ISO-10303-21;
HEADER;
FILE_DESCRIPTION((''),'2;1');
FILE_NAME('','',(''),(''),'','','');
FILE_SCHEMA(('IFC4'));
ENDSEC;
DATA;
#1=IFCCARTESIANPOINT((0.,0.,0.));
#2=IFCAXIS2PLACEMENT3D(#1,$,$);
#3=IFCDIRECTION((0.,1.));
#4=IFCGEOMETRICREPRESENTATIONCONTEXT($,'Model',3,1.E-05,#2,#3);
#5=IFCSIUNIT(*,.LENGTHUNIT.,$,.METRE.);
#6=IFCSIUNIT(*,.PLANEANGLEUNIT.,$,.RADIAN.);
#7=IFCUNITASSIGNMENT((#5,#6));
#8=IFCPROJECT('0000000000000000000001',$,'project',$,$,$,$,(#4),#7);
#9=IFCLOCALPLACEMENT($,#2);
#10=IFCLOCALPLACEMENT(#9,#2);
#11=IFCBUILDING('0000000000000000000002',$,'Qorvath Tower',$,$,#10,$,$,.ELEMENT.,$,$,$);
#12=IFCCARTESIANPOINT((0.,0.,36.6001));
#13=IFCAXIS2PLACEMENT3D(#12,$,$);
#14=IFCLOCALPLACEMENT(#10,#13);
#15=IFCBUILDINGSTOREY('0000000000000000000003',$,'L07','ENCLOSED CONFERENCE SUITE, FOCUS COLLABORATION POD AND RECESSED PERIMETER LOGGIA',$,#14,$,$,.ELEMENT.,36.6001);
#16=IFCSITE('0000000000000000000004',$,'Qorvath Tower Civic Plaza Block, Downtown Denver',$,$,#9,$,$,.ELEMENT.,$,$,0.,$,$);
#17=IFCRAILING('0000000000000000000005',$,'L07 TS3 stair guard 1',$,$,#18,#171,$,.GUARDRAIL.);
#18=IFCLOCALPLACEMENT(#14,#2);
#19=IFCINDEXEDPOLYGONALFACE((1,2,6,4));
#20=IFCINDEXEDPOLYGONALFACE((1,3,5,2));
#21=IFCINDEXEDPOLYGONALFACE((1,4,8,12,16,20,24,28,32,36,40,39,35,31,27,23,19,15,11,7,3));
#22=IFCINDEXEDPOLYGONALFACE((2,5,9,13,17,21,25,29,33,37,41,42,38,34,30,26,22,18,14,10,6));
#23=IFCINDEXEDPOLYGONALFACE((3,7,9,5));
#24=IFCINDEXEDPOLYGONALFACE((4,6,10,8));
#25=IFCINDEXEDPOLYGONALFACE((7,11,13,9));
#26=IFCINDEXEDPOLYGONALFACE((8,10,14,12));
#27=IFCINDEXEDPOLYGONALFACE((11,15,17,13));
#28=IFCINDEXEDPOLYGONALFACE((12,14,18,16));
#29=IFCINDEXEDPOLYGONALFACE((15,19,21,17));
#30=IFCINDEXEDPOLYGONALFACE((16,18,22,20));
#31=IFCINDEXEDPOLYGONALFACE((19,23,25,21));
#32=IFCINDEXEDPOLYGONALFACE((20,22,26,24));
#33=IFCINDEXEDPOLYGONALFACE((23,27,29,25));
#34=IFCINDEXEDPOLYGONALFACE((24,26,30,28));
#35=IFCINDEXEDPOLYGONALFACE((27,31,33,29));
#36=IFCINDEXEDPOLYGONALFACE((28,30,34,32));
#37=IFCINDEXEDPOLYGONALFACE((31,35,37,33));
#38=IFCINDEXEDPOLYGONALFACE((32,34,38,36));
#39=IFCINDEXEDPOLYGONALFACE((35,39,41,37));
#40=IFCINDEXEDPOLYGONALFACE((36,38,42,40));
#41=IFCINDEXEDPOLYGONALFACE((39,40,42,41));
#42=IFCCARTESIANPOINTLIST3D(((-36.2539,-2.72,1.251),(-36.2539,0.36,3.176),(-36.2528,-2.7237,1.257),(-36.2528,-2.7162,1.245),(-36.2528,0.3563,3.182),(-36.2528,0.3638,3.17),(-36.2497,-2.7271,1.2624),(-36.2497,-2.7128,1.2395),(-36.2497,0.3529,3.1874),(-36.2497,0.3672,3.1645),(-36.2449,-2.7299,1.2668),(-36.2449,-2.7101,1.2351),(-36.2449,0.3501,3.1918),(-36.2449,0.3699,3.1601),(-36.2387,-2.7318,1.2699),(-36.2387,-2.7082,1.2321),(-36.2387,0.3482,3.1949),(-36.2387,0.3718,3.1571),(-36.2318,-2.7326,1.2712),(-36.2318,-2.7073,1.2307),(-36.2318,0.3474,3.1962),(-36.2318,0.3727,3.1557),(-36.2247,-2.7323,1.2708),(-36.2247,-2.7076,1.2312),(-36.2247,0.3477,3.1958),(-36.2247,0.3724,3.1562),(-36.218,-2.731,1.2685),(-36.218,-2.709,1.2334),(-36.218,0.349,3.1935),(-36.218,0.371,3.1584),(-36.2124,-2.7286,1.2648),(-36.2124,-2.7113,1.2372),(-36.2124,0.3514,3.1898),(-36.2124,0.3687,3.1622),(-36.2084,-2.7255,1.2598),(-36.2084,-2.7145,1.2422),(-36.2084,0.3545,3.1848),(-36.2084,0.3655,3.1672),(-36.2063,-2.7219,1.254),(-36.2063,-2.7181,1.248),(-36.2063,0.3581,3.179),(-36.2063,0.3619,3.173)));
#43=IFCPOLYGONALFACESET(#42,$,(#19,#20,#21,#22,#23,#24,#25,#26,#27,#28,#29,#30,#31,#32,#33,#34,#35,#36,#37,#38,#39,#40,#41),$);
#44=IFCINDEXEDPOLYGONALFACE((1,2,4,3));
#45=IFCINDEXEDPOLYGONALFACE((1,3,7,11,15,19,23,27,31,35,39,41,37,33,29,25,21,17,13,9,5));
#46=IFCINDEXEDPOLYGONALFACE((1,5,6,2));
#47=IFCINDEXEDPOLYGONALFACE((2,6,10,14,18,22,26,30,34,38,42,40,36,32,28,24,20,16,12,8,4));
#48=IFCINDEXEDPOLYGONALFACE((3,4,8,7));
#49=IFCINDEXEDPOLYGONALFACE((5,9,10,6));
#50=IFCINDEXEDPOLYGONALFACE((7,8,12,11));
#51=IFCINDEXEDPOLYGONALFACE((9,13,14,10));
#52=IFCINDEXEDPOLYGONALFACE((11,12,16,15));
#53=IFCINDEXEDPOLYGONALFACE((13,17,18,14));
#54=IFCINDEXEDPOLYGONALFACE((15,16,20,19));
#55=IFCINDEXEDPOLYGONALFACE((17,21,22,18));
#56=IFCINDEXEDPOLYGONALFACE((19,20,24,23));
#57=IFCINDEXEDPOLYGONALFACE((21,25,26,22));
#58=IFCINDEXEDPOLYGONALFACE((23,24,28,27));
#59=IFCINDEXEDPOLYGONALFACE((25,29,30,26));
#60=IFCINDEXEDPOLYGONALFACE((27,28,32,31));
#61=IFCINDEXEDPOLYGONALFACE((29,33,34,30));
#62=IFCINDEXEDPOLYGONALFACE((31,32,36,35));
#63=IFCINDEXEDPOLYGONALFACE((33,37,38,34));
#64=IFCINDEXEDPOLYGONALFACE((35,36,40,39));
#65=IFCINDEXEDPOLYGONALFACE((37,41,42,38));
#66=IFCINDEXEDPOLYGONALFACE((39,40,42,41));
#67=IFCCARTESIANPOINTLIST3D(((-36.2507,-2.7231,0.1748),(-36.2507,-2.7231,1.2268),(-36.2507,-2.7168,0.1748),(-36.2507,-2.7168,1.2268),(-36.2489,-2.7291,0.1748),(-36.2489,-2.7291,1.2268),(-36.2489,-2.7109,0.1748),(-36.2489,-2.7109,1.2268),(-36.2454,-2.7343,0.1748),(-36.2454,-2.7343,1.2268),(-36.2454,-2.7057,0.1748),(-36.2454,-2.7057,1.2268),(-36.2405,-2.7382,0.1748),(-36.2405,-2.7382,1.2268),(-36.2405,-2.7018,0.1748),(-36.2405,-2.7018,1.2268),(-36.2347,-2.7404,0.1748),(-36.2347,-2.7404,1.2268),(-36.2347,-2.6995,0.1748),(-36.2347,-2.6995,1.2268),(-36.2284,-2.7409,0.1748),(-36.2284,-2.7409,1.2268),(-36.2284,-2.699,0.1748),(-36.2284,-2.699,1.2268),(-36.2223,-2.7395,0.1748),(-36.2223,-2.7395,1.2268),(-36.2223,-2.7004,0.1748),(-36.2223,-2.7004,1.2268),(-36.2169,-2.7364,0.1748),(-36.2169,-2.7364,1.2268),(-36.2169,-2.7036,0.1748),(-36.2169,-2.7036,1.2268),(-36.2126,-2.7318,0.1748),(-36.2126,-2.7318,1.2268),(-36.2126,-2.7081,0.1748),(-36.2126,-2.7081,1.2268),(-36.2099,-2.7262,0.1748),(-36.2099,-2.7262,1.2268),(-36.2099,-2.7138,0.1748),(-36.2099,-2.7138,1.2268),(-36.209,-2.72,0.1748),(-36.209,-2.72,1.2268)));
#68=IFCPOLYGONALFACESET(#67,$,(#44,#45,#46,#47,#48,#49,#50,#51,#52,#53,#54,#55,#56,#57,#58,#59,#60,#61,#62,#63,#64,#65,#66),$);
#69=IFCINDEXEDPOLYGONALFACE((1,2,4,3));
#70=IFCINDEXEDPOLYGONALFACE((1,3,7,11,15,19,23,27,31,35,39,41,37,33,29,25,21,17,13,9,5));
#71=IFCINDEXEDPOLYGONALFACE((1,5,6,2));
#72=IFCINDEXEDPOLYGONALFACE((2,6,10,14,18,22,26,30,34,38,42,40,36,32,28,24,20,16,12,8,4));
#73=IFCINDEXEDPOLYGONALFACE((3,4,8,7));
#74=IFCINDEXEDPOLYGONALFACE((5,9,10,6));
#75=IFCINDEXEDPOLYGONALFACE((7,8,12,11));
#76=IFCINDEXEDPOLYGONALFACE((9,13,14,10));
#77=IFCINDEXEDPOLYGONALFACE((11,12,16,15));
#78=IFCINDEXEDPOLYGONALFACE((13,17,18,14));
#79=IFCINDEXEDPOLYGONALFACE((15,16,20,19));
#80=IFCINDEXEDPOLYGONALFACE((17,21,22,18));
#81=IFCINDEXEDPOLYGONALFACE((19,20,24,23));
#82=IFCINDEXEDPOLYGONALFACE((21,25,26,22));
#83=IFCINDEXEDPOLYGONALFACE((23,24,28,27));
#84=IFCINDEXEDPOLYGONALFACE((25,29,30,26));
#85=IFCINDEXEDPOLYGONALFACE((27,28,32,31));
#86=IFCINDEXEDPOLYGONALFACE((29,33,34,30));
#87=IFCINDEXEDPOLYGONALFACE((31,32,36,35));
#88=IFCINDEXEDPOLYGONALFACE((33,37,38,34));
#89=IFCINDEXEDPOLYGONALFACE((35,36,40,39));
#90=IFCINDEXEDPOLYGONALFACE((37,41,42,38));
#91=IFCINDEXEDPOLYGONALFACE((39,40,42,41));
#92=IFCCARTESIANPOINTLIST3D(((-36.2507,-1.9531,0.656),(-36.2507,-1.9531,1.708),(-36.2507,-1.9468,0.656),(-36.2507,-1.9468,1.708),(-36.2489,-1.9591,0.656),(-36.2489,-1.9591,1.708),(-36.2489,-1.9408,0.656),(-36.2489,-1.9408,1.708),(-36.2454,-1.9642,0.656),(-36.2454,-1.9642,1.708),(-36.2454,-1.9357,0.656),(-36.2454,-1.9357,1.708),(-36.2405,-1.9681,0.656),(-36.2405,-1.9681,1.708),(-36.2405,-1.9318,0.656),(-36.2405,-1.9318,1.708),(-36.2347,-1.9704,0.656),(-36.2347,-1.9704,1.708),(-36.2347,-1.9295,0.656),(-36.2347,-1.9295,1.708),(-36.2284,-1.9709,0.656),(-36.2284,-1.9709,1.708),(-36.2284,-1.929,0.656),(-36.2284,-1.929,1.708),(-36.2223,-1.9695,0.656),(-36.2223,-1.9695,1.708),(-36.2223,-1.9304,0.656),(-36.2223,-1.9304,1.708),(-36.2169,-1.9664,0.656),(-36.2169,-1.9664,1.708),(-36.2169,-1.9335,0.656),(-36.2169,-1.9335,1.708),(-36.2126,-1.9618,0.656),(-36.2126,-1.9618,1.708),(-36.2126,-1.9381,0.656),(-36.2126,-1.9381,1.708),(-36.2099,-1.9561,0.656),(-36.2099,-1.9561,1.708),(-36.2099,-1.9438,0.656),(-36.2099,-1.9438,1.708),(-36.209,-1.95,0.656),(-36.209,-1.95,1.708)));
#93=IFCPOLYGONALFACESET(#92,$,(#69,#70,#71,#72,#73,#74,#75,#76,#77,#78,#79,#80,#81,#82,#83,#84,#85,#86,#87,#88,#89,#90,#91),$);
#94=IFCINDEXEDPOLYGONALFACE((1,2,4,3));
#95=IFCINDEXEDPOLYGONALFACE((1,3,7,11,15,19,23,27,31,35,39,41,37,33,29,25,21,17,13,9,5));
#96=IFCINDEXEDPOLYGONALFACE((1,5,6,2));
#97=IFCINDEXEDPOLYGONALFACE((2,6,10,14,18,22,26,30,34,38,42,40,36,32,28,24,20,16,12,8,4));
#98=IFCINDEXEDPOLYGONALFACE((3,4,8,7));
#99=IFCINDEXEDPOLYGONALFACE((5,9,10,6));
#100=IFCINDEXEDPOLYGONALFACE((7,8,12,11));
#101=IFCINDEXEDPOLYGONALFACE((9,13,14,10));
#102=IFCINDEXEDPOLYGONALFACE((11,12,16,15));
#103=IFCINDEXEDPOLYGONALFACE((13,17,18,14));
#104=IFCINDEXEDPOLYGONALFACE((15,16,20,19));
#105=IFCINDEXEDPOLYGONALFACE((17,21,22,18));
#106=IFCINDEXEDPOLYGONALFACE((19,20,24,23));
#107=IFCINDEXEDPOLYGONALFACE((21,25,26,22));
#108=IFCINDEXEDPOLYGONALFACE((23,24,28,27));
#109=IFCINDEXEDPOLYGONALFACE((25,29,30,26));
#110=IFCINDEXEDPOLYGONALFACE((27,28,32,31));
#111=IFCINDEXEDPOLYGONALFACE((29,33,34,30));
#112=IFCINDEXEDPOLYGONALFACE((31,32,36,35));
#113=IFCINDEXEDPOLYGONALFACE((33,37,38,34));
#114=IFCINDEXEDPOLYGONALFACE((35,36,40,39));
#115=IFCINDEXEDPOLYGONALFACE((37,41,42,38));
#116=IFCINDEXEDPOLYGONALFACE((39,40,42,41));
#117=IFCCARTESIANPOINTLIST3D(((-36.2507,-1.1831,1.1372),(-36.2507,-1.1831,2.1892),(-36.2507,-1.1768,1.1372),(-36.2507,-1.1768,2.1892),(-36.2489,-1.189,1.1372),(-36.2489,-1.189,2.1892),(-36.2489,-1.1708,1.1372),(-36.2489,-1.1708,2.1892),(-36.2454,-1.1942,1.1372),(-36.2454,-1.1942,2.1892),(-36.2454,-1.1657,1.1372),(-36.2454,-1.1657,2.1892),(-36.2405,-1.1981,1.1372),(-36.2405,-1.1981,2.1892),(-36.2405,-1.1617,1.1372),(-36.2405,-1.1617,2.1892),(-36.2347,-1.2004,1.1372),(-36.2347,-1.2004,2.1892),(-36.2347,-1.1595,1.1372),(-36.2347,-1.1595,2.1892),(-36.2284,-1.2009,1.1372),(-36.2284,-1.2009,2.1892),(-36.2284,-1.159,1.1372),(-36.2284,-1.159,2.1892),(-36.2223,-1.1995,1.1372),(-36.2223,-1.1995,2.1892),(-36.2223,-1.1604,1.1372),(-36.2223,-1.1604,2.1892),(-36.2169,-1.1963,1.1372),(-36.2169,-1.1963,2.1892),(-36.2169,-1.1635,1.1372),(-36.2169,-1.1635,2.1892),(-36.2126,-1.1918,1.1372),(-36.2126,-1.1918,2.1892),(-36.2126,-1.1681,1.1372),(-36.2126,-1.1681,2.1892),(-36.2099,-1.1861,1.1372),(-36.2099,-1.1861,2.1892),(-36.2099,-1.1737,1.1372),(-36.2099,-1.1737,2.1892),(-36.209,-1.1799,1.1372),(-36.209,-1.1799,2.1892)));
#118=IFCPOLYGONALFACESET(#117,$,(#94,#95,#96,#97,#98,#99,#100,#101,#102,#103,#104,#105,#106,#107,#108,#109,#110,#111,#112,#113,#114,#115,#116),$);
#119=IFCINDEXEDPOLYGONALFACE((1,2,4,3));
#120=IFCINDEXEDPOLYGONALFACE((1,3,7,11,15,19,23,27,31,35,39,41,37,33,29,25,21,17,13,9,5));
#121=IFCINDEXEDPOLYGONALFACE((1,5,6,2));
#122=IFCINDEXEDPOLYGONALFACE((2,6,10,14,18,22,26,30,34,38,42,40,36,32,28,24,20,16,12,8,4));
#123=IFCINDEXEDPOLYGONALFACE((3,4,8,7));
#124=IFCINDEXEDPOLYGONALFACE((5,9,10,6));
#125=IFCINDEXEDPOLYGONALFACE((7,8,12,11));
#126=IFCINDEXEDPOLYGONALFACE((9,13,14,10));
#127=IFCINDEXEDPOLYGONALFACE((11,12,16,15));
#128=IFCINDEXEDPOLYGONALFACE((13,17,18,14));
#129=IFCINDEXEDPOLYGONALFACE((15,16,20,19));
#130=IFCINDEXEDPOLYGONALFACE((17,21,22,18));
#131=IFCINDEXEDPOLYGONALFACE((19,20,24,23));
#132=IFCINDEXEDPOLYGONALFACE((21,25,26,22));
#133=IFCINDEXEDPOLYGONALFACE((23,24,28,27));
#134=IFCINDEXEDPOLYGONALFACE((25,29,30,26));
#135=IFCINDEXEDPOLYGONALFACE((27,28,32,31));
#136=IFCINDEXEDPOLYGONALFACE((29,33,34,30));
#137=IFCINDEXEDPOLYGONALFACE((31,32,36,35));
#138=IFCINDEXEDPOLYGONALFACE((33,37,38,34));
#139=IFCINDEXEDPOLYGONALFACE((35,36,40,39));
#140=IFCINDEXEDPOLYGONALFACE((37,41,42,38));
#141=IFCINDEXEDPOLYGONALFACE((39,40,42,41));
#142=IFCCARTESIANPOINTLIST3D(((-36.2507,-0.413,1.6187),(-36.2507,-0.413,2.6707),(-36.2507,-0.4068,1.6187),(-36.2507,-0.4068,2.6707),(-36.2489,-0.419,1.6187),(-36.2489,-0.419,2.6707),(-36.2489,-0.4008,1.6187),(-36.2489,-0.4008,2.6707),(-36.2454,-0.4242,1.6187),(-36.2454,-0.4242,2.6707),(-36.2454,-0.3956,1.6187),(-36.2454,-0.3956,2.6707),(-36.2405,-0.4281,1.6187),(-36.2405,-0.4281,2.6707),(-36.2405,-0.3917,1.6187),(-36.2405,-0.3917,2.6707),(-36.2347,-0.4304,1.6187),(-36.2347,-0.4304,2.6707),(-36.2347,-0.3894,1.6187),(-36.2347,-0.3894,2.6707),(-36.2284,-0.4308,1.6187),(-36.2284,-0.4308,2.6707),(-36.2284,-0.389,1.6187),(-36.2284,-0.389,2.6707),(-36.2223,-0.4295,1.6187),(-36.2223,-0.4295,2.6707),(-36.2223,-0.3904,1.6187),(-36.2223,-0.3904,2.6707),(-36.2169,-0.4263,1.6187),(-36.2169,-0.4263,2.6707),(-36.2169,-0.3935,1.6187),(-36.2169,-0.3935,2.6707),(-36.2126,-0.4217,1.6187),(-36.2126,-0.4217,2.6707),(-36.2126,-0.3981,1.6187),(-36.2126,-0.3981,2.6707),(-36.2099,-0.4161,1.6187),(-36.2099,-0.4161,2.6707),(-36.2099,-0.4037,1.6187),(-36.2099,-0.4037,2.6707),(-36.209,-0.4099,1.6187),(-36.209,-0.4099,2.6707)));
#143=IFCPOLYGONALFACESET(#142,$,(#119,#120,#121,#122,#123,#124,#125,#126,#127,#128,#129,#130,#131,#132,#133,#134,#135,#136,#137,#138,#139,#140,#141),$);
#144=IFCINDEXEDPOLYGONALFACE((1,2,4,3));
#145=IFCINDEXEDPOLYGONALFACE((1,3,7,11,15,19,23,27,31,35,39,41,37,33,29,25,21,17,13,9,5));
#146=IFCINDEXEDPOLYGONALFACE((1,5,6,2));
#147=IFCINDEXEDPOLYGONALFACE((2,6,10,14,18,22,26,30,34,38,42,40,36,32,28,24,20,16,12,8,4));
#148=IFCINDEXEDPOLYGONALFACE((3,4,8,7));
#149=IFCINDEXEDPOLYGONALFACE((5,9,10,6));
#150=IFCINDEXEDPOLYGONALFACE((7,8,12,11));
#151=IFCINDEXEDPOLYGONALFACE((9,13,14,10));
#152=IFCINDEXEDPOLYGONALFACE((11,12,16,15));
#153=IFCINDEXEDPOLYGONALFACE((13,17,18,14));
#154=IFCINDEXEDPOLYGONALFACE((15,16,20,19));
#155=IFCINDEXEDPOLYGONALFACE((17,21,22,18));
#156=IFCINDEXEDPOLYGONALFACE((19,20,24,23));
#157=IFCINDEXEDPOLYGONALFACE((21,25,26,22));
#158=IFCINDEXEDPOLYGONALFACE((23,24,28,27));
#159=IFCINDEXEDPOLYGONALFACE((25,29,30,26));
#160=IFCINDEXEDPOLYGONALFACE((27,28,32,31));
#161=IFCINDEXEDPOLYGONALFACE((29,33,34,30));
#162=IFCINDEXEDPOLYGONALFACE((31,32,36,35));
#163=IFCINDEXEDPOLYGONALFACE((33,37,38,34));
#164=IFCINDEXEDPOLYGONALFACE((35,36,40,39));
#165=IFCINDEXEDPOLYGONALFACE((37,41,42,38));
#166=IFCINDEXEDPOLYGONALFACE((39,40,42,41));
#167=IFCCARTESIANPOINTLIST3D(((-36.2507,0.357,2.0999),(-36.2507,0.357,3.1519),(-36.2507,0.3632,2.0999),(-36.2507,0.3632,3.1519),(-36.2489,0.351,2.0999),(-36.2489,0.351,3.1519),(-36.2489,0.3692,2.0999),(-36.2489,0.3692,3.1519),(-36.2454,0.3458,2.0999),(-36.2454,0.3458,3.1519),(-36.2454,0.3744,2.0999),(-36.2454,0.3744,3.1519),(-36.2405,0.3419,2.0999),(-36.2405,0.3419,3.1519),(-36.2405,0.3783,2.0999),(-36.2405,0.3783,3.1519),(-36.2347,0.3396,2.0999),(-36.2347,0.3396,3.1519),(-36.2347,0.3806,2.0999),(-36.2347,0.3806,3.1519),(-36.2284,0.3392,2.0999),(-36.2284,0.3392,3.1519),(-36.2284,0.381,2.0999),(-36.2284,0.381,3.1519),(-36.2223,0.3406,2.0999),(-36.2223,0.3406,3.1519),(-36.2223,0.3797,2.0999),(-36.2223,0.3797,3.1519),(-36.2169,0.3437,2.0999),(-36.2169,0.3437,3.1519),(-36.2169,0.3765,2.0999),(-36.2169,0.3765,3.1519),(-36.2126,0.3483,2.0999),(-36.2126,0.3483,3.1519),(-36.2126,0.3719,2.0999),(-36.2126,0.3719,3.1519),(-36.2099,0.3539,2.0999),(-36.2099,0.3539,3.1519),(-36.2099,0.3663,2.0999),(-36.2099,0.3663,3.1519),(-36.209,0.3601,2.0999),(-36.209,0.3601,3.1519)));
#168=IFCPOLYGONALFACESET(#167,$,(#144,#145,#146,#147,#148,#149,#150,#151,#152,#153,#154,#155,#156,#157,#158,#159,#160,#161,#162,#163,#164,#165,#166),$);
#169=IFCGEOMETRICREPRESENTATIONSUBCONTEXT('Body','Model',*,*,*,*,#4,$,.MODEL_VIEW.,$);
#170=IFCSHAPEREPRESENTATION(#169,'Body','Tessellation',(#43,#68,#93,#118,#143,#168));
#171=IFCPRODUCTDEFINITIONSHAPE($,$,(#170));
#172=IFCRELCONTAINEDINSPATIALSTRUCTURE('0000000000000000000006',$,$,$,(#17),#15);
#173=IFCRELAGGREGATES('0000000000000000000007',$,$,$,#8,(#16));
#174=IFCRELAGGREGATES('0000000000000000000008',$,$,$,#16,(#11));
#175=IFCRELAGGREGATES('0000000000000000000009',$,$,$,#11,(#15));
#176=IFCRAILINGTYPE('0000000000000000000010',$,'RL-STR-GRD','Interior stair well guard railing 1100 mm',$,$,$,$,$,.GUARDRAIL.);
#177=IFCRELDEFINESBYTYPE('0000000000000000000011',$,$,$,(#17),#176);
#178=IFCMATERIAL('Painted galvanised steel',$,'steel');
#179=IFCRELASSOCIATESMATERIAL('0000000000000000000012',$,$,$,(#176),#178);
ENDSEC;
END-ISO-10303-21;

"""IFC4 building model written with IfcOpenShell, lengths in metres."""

from ifc_helpers import new_model, si_unit, direction, frame, origin, origin_2d, place, context, subcontext, project, spatial, circle, extrude, material, type_object, element, save


model = new_model("IFC4")

# Units and contexts
model_context = context("Model", 3, precision=1e-05, world=origin(), true_north=direction((0.0, 1.0)))
body_context = subcontext(model_context, "Body", "Model", "MODEL_VIEW")
ifc_project = project(units=[si_unit("LENGTHUNIT", "METRE"), si_unit("PLANEANGLEUNIT", "RADIAN")], contexts=[model_context])

# Site, building, storey
site_placement = place(None, origin())
site = spatial("IfcSite", under=ifc_project, at=site_placement, Name="Qorvath Tower Civic Plaza Block, Downtown Denver", CompositionType="ELEMENT", RefElevation=0.0)
building_placement = place(site_placement, origin())
building = spatial("IfcBuilding", under=site, at=building_placement, Name="Qorvath Tower", CompositionType="ELEMENT")
storey_placement = place(building_placement, frame((0.0, 0.0, 36.6001)))
storey = spatial("IfcBuildingStorey", under=building, at=storey_placement, Name="L07", Description="ENCLOSED CONFERENCE SUITE, FOCUS COLLABORATION POD AND RECESSED PERIMETER LOGGIA", CompositionType="ELEMENT", Elevation=36.6001)

# Railing
ifc_material_1 = material(Name="Painted galvanised steel", Category="steel")
railing_type_1 = type_object("IfcRailingType", Name="RL-STR-GRD", Description="Interior stair well guard railing 1100 mm", PredefinedType="GUARDRAIL", material=ifc_material_1)
railing_1_placement = place(storey_placement, frame((-36.23, -2.72, 0.1748)))
element("IfcRailing", 1, at=railing_1_placement, inside=storey, type_object=railing_type_1, Name="L07 TS3 stair guard 1", PredefinedType="GUARDRAIL", context=body_context, shape_type="SweptSolid", body=[
    extrude(circle(Radius=0.0239, at=origin_2d()), frame((0.0, 0.0, 1.0762), z_axis=(0.0, 0.847998, 0.529999), x_axis=(-1.0, 0.0, 0.0)), (0.0, 0.0, 1.0), 3.6321),
    extrude(circle(Radius=0.021, at=origin_2d()), origin(), (0.0, 0.0, 1.0), 1.052),
    extrude(circle(Radius=0.021, at=origin_2d()), frame((0.0, 0.77, 0.4812)), (0.0, 0.0, 1.0), 1.052),
    extrude(circle(Radius=0.021, at=origin_2d()), frame((0.0, 1.54, 0.9624)), (0.0, 0.0, 1.0), 1.052),
    extrude(circle(Radius=0.021, at=origin_2d()), frame((0.0, 2.3101, 1.4438)), (0.0, 0.0, 1.0), 1.052),
    extrude(circle(Radius=0.021, at=origin_2d()), frame((0.0, 3.0801, 1.925)), (0.0, 0.0, 1.0), 1.052),
])

save(model, "model.ifc")
